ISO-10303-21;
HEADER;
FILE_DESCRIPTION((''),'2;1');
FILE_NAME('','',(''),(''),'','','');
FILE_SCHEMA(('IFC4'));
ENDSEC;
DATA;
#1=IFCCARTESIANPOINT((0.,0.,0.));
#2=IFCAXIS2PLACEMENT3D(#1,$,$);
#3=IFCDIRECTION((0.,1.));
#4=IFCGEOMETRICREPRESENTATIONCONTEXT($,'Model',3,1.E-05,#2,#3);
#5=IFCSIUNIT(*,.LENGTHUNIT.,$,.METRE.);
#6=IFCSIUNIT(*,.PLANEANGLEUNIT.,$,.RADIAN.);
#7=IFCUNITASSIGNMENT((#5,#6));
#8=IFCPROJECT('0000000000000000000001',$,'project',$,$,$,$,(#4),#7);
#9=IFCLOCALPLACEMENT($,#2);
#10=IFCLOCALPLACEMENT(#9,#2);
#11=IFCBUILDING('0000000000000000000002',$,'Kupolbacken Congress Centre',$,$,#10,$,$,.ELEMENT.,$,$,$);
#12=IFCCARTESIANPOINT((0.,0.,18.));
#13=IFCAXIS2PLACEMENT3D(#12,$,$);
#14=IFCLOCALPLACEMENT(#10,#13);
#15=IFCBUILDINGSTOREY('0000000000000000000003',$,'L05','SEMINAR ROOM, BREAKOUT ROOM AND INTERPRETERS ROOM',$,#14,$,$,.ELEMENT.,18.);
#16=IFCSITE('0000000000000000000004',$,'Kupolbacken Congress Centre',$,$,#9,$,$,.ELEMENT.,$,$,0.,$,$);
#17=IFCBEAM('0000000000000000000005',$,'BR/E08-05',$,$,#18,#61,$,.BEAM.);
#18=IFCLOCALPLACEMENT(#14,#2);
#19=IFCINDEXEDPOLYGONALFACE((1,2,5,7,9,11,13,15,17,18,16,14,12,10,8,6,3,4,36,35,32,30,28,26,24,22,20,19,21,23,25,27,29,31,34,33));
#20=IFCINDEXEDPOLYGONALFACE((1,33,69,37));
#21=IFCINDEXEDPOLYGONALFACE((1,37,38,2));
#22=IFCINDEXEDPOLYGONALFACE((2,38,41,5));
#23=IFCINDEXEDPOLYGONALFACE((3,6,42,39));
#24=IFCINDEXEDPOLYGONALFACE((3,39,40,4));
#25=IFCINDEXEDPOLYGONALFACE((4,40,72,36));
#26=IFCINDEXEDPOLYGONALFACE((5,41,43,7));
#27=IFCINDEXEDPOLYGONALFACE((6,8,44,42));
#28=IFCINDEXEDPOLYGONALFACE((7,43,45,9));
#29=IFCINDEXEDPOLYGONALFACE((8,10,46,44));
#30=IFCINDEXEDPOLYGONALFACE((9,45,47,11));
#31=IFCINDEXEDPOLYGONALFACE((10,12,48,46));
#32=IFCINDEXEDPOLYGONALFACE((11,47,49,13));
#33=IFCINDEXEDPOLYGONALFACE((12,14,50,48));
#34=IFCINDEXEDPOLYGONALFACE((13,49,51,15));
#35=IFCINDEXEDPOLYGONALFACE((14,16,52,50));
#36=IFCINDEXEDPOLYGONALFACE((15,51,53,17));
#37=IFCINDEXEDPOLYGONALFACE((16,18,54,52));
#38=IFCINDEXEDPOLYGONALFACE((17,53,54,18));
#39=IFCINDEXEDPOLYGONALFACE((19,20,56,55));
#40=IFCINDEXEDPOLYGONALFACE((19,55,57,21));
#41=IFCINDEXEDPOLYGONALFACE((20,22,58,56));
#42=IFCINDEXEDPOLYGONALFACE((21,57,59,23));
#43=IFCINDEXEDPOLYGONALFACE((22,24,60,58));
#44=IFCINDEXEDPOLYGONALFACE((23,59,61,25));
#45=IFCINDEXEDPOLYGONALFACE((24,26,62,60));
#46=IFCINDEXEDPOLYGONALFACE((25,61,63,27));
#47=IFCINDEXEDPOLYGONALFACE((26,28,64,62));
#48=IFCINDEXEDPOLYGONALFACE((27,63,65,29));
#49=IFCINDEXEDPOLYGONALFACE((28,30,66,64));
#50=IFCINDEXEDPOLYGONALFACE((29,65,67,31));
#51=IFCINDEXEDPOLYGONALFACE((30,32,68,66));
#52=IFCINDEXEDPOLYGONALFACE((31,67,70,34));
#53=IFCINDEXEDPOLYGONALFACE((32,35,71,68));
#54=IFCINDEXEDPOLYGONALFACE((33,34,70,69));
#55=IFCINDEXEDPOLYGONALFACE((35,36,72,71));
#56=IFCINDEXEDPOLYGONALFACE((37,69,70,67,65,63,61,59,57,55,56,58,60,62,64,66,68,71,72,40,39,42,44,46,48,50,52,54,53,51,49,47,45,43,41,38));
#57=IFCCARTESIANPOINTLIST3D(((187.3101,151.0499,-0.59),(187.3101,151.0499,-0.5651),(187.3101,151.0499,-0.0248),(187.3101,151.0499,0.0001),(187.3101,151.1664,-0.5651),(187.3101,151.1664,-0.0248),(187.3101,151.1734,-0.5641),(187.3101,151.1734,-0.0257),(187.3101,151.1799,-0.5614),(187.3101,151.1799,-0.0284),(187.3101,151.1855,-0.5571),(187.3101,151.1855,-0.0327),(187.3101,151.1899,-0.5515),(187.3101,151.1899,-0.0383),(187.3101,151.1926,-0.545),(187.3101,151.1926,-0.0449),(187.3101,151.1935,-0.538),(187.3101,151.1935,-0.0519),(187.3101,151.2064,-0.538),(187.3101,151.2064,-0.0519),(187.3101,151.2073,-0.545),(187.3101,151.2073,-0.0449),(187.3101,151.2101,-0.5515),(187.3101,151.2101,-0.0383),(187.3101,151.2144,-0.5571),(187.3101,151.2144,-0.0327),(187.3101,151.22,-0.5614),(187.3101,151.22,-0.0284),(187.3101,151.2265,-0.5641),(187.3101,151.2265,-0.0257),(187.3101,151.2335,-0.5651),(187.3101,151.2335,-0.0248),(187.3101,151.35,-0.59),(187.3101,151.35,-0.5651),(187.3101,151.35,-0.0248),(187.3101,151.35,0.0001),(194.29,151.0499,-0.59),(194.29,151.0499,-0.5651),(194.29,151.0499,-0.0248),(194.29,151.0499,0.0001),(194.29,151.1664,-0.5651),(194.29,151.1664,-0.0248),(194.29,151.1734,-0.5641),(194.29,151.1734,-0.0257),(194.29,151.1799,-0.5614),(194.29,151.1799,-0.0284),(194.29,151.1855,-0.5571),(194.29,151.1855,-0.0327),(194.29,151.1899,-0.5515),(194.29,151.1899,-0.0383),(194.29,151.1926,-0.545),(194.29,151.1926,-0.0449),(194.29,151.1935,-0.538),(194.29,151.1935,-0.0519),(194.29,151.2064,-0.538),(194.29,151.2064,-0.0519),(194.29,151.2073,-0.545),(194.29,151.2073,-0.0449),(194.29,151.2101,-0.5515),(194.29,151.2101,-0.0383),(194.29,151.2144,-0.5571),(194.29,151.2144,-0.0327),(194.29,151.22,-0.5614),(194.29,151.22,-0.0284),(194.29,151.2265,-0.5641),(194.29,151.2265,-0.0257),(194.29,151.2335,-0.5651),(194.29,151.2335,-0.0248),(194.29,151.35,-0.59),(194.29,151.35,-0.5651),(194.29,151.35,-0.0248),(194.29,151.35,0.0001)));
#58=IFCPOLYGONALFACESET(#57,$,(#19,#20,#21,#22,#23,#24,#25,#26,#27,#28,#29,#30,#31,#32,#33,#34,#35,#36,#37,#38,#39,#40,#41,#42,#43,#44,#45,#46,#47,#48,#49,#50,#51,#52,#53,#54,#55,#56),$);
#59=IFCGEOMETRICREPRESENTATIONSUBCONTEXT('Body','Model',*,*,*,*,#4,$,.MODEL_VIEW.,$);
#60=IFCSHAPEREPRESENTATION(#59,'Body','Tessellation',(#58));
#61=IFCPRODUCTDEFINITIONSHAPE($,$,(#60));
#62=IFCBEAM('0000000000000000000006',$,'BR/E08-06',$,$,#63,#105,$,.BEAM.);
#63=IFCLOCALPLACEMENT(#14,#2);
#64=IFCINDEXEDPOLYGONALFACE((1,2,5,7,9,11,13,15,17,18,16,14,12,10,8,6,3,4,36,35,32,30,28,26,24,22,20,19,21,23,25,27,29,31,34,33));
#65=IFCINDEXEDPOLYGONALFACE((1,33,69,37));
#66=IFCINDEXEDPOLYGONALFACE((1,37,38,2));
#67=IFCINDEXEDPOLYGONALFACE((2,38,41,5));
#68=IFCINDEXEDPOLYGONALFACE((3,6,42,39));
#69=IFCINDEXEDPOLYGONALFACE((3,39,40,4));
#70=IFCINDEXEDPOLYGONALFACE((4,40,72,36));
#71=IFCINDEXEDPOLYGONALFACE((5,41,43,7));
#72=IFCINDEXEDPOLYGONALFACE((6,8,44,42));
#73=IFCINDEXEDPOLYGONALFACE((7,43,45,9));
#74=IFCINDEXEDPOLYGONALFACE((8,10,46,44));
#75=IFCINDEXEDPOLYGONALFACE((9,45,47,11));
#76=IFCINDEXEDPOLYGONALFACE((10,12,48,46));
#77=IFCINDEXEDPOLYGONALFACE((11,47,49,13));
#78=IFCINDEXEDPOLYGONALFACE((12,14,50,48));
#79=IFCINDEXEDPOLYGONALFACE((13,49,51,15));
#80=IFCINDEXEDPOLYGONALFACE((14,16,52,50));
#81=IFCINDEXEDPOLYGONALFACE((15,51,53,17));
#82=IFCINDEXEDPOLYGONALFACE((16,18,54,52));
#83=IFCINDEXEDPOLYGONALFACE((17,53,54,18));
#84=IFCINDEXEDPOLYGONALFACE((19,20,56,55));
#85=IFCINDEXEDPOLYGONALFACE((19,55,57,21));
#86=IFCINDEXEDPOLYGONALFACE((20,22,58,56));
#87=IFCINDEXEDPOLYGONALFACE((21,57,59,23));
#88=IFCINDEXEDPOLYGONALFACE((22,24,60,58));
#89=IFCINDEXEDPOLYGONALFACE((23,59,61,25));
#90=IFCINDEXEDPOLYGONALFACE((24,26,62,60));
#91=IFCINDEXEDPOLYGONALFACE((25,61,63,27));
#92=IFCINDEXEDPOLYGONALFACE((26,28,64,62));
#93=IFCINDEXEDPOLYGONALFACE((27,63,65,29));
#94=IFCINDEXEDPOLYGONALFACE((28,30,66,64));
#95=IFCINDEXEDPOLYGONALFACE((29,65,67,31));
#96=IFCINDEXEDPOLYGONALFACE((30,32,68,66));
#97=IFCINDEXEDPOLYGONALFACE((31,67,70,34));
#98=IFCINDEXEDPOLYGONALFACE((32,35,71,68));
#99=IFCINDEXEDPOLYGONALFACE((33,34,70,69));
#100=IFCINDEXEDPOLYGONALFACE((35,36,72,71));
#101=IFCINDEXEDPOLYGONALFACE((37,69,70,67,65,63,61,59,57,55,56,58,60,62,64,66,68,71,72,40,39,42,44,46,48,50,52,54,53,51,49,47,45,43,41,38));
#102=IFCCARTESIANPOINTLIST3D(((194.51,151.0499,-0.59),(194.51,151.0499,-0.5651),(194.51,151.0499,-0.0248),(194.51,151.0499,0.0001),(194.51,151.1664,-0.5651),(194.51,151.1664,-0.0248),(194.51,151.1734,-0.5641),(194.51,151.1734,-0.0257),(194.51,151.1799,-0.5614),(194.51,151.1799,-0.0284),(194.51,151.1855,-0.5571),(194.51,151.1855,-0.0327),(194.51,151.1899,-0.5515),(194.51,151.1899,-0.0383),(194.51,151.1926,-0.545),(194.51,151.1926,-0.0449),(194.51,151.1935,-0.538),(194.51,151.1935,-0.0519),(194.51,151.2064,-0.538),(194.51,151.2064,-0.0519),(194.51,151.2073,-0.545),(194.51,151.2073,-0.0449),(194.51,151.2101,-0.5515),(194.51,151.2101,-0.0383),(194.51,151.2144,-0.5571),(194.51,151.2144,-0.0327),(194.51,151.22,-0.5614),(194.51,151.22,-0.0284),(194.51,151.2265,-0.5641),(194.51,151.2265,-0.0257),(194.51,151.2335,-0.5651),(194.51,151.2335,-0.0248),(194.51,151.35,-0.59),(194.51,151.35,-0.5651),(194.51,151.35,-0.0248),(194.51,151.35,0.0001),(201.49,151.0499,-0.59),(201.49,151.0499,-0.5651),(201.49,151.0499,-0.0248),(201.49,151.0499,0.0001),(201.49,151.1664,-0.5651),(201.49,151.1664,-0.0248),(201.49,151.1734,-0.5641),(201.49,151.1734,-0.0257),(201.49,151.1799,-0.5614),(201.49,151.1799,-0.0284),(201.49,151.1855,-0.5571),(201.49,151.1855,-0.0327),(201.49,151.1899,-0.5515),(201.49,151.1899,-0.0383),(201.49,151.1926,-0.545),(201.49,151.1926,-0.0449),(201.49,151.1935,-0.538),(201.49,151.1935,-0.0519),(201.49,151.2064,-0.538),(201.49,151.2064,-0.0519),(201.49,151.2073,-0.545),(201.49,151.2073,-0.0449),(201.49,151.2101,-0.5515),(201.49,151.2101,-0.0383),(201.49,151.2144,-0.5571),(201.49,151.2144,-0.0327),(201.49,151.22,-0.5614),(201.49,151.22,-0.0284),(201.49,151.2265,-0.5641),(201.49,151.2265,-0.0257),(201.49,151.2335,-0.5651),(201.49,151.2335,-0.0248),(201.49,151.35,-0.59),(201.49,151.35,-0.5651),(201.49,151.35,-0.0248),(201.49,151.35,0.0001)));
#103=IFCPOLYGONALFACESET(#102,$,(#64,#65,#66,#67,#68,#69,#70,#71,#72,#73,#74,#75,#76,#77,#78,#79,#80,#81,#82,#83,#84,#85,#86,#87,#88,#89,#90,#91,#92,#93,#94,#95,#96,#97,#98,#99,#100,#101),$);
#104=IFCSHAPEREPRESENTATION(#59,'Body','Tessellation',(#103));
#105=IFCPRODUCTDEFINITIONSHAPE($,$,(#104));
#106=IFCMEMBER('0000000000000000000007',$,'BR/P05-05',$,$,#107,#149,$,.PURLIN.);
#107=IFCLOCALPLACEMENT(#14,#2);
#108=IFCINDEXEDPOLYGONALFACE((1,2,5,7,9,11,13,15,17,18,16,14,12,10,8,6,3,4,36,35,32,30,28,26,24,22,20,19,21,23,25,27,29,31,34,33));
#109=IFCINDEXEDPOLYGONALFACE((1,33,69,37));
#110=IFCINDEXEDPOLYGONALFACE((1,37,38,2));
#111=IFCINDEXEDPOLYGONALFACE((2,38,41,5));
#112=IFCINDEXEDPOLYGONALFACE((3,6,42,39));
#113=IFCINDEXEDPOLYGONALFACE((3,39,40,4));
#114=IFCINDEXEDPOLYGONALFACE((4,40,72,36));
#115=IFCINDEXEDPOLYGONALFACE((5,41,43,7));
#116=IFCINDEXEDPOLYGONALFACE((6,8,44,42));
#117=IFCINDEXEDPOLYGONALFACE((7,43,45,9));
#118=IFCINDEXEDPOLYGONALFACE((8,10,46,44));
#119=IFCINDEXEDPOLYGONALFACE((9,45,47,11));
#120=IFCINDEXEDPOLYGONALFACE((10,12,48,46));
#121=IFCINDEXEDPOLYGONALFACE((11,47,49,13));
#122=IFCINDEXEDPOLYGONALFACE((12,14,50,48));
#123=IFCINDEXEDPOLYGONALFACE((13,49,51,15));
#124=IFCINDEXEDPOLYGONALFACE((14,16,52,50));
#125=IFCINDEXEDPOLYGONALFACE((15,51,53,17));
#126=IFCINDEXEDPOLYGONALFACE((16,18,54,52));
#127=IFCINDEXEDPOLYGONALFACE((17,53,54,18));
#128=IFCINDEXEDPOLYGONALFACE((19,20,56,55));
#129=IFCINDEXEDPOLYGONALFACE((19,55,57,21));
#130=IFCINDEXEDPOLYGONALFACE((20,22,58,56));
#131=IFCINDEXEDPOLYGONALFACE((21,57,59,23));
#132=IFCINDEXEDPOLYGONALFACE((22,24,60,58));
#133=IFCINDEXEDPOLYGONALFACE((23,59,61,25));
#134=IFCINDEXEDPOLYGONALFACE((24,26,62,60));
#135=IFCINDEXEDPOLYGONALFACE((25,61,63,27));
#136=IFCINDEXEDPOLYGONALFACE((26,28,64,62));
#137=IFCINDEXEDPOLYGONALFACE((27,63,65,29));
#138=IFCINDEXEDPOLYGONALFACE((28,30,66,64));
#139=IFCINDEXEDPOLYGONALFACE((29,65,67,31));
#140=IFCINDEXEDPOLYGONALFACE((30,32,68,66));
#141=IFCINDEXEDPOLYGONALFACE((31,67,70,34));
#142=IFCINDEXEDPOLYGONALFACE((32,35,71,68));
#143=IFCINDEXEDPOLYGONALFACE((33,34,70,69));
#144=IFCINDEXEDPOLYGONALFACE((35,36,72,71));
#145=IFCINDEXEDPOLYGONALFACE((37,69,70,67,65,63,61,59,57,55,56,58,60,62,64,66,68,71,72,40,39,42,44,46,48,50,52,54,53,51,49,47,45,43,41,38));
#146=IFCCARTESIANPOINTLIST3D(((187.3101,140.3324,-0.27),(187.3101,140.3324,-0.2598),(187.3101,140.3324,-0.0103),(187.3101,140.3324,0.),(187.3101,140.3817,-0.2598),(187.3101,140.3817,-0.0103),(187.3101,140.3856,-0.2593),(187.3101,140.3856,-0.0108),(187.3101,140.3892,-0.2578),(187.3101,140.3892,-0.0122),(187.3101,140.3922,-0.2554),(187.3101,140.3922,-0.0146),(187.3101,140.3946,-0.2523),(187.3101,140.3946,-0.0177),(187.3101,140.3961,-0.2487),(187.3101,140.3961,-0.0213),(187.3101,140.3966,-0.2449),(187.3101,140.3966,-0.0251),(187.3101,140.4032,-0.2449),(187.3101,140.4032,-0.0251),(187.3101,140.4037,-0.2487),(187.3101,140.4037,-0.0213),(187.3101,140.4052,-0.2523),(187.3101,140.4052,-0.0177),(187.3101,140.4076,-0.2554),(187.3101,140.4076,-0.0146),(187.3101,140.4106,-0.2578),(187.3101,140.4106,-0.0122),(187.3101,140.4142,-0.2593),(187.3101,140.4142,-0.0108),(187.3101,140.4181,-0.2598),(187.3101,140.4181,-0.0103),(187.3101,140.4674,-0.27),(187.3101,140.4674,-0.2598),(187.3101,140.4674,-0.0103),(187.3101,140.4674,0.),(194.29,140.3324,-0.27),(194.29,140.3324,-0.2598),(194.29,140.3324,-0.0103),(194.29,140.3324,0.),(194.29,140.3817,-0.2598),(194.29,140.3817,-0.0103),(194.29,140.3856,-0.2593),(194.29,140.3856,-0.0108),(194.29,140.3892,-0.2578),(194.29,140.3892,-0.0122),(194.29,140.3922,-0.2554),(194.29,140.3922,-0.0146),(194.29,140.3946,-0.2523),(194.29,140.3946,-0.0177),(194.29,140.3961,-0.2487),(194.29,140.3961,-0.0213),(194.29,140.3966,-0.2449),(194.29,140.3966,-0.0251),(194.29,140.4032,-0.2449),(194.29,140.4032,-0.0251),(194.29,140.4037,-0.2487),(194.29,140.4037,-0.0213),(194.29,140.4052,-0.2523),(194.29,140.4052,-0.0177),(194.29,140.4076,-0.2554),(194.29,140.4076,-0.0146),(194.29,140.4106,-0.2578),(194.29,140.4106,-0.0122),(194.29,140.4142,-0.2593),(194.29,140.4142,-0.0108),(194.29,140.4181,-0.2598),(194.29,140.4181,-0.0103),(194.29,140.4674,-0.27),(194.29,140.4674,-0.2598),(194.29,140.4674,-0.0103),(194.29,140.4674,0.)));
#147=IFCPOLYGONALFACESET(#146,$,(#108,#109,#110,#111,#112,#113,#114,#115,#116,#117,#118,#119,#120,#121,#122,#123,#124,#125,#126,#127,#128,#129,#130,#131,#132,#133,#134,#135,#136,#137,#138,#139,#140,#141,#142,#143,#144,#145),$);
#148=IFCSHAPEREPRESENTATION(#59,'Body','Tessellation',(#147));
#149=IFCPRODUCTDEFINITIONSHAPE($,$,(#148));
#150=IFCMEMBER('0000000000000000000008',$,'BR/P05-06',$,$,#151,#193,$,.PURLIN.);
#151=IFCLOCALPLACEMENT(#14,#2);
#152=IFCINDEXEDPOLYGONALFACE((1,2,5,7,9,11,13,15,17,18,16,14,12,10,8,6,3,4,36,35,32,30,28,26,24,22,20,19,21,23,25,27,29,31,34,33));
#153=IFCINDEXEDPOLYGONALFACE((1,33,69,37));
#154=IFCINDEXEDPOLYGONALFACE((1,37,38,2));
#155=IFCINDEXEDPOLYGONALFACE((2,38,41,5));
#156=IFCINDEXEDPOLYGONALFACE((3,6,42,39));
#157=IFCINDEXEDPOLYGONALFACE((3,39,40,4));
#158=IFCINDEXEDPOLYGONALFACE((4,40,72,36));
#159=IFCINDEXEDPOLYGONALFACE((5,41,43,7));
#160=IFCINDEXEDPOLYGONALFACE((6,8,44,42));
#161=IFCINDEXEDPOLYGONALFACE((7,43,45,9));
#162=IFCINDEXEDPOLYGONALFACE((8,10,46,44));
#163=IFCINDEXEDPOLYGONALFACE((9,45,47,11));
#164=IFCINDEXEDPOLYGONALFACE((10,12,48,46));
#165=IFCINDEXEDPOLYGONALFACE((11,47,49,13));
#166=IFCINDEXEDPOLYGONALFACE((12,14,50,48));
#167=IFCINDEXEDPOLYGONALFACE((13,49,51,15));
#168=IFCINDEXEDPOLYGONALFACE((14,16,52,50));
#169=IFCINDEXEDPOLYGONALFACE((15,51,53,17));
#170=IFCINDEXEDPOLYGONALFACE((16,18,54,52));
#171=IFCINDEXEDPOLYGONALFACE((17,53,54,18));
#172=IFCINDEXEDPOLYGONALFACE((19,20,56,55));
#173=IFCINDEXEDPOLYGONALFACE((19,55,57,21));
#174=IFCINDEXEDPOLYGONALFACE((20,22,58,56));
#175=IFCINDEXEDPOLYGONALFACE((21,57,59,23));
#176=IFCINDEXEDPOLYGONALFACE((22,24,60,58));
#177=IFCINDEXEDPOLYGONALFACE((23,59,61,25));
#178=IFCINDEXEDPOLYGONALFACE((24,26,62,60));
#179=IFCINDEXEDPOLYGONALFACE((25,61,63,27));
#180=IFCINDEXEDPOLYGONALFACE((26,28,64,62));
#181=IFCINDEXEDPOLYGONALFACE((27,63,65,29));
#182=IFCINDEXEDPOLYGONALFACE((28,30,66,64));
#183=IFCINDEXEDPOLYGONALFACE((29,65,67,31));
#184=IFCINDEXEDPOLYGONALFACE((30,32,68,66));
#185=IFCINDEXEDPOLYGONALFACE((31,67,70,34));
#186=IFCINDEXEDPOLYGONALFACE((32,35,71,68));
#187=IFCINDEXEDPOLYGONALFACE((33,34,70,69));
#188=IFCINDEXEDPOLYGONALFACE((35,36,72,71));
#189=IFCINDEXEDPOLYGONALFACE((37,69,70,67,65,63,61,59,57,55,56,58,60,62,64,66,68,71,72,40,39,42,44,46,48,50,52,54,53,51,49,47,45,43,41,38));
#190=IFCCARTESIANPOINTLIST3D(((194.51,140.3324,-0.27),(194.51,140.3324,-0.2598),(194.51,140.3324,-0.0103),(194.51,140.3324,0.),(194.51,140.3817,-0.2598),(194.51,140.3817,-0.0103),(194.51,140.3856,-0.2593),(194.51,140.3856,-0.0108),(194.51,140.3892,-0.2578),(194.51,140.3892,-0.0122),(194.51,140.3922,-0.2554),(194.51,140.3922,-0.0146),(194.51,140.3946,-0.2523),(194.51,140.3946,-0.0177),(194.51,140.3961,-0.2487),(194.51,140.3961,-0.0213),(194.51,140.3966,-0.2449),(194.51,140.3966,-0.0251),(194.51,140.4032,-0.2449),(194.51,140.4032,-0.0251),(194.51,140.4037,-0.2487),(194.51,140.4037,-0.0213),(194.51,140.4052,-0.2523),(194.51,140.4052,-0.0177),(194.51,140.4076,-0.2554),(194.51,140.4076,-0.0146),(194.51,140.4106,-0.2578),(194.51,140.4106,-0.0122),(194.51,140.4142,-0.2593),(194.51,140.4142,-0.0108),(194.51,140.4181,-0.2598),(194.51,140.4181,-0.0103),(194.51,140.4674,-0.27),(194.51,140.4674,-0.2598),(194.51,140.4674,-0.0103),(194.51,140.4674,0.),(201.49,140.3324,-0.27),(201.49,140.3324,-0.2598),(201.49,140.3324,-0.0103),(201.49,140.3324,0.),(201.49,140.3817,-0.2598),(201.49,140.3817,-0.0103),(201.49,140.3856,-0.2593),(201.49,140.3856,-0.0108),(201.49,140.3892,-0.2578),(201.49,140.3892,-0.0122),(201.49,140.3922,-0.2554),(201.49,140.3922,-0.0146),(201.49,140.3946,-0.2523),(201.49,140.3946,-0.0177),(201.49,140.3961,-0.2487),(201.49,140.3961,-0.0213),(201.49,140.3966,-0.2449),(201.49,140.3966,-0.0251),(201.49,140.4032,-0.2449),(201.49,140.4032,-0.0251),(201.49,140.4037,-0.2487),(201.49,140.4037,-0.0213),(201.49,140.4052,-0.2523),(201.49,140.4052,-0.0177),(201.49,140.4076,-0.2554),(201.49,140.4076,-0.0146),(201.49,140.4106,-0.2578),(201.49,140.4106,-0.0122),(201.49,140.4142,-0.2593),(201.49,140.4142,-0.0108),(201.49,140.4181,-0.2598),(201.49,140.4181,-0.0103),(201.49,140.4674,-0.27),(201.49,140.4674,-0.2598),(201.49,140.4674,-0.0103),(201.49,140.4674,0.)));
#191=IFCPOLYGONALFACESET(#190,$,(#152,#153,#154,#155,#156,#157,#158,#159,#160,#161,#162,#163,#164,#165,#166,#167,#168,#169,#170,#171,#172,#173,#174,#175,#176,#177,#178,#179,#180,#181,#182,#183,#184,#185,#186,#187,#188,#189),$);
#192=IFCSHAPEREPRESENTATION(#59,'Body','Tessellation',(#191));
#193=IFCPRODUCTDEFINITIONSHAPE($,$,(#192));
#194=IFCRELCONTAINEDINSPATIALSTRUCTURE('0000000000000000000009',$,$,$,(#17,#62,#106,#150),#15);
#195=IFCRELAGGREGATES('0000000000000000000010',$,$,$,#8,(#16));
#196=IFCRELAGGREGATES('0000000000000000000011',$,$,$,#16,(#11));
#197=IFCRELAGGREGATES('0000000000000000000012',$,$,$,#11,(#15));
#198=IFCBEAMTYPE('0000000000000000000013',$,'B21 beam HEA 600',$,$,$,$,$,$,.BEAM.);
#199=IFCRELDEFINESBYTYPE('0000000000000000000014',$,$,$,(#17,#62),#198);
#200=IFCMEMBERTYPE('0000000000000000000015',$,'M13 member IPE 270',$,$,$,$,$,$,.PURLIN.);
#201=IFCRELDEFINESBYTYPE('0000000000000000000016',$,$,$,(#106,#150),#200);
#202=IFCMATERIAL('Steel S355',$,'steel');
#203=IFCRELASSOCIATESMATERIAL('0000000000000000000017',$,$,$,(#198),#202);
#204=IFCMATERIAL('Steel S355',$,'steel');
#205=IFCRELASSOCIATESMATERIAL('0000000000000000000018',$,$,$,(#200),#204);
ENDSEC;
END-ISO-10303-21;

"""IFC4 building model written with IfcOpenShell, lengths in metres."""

from ifc_helpers import new_model, si_unit, direction, frame, origin, origin_2d, place, context, subcontext, project, spatial, i_section, extrude, material, material_profile, profile_set, type_object, element, save


model = new_model("IFC4")

# Units and contexts
model_context = context("Model", 3, precision=1e-05, world=origin(), true_north=direction((0.0, 1.0)))
body_context = subcontext(model_context, "Body", "Model", "MODEL_VIEW")
ifc_project = project(units=[si_unit("LENGTHUNIT", "METRE"), si_unit("PLANEANGLEUNIT", "RADIAN")], contexts=[model_context])

# Site, building, storey
site_placement = place(None, origin())
site = spatial("IfcSite", under=ifc_project, at=site_placement, Name="Kupolbacken Congress Centre", CompositionType="ELEMENT", RefElevation=0.0)
building_placement = place(site_placement, origin())
building = spatial("IfcBuilding", under=site, at=building_placement, Name="Kupolbacken Congress Centre", CompositionType="ELEMENT")
storey_placement = place(building_placement, frame((0.0, 0.0, 18.0)))
storey = spatial("IfcBuildingStorey", under=building, at=storey_placement, Name="L05", Description="SEMINAR ROOM, BREAKOUT ROOM AND INTERPRETERS ROOM", CompositionType="ELEMENT", Elevation=18.0)

# Beams
ifc_material_1 = material(Name="Steel S355", Category="steel")
ifc_material_profile_1 = material_profile(ifc_material_1, i_section(OverallWidth=0.3, OverallDepth=0.5901, WebThickness=0.0129, FlangeThickness=0.0249, FilletRadius=0.0271, at=origin_2d()), Name="HEA 600")
ifc_profile_set_1 = profile_set([ifc_material_profile_1], Name="Steel S355")
beam_type = type_object("IfcBeamType", Name="B21 beam HEA 600", PredefinedType="BEAM", material=ifc_profile_set_1)
for number, where, z_axis, x_axis, name in (
    (1, (187.3101, 151.2, -0.2949), (1.0, 0.0, 0.0), (0.0, 1.0, 0.0), "BR/E08-05"),
    (2, (194.51, 151.2, -0.2949), (1.0, 0.0, 0.0), (0.0, 1.0, 0.0), "BR/E08-06"),
):
    element("IfcBeam", number, at=place(storey_placement, frame(where, z_axis=z_axis, x_axis=x_axis)), inside=storey, type_object=beam_type, Name=name, PredefinedType="BEAM", context=body_context, shape_type="SweptSolid", body=[
        extrude(i_section(OverallWidth=0.3, OverallDepth=0.5901, WebThickness=0.0129, FlangeThickness=0.0249, FilletRadius=0.0271, at=origin_2d()), origin(), (0.0, 0.0, 1.0), 6.98),
    ])

# Members
ifc_material_2 = material(Name="Steel S355", Category="steel")
ifc_material_profile_2 = material_profile(ifc_material_2, i_section(OverallWidth=0.135, OverallDepth=0.27, WebThickness=0.0066, FlangeThickness=0.0103, FilletRadius=0.0149, at=origin_2d()), Name="IPE 270")
ifc_profile_set_2 = profile_set([ifc_material_profile_2], Name="Steel S355")
member_type_1 = type_object("IfcMemberType", Name="M13 member IPE 270", PredefinedType="PURLIN", material=ifc_profile_set_2)
for number, where, z_axis, x_axis, name in (
    (3, (187.3101, 140.3999, -0.135), (1.0, 0.0, 0.0), (0.0, 1.0, 0.0), "BR/P05-05"),
    (4, (194.51, 140.3999, -0.135), (1.0, 0.0, 0.0), (0.0, 1.0, 0.0), "BR/P05-06"),
):
    element("IfcMember", number, at=place(storey_placement, frame(where, z_axis=z_axis, x_axis=x_axis)), inside=storey, type_object=member_type_1, Name=name, PredefinedType="PURLIN", context=body_context, shape_type="SweptSolid", body=[
        extrude(i_section(OverallWidth=0.135, OverallDepth=0.27, WebThickness=0.0066, FlangeThickness=0.0103, FilletRadius=0.0149, at=origin_2d()), origin(), (0.0, 0.0, 1.0), 6.98),
    ])

save(model, "model.ifc")
